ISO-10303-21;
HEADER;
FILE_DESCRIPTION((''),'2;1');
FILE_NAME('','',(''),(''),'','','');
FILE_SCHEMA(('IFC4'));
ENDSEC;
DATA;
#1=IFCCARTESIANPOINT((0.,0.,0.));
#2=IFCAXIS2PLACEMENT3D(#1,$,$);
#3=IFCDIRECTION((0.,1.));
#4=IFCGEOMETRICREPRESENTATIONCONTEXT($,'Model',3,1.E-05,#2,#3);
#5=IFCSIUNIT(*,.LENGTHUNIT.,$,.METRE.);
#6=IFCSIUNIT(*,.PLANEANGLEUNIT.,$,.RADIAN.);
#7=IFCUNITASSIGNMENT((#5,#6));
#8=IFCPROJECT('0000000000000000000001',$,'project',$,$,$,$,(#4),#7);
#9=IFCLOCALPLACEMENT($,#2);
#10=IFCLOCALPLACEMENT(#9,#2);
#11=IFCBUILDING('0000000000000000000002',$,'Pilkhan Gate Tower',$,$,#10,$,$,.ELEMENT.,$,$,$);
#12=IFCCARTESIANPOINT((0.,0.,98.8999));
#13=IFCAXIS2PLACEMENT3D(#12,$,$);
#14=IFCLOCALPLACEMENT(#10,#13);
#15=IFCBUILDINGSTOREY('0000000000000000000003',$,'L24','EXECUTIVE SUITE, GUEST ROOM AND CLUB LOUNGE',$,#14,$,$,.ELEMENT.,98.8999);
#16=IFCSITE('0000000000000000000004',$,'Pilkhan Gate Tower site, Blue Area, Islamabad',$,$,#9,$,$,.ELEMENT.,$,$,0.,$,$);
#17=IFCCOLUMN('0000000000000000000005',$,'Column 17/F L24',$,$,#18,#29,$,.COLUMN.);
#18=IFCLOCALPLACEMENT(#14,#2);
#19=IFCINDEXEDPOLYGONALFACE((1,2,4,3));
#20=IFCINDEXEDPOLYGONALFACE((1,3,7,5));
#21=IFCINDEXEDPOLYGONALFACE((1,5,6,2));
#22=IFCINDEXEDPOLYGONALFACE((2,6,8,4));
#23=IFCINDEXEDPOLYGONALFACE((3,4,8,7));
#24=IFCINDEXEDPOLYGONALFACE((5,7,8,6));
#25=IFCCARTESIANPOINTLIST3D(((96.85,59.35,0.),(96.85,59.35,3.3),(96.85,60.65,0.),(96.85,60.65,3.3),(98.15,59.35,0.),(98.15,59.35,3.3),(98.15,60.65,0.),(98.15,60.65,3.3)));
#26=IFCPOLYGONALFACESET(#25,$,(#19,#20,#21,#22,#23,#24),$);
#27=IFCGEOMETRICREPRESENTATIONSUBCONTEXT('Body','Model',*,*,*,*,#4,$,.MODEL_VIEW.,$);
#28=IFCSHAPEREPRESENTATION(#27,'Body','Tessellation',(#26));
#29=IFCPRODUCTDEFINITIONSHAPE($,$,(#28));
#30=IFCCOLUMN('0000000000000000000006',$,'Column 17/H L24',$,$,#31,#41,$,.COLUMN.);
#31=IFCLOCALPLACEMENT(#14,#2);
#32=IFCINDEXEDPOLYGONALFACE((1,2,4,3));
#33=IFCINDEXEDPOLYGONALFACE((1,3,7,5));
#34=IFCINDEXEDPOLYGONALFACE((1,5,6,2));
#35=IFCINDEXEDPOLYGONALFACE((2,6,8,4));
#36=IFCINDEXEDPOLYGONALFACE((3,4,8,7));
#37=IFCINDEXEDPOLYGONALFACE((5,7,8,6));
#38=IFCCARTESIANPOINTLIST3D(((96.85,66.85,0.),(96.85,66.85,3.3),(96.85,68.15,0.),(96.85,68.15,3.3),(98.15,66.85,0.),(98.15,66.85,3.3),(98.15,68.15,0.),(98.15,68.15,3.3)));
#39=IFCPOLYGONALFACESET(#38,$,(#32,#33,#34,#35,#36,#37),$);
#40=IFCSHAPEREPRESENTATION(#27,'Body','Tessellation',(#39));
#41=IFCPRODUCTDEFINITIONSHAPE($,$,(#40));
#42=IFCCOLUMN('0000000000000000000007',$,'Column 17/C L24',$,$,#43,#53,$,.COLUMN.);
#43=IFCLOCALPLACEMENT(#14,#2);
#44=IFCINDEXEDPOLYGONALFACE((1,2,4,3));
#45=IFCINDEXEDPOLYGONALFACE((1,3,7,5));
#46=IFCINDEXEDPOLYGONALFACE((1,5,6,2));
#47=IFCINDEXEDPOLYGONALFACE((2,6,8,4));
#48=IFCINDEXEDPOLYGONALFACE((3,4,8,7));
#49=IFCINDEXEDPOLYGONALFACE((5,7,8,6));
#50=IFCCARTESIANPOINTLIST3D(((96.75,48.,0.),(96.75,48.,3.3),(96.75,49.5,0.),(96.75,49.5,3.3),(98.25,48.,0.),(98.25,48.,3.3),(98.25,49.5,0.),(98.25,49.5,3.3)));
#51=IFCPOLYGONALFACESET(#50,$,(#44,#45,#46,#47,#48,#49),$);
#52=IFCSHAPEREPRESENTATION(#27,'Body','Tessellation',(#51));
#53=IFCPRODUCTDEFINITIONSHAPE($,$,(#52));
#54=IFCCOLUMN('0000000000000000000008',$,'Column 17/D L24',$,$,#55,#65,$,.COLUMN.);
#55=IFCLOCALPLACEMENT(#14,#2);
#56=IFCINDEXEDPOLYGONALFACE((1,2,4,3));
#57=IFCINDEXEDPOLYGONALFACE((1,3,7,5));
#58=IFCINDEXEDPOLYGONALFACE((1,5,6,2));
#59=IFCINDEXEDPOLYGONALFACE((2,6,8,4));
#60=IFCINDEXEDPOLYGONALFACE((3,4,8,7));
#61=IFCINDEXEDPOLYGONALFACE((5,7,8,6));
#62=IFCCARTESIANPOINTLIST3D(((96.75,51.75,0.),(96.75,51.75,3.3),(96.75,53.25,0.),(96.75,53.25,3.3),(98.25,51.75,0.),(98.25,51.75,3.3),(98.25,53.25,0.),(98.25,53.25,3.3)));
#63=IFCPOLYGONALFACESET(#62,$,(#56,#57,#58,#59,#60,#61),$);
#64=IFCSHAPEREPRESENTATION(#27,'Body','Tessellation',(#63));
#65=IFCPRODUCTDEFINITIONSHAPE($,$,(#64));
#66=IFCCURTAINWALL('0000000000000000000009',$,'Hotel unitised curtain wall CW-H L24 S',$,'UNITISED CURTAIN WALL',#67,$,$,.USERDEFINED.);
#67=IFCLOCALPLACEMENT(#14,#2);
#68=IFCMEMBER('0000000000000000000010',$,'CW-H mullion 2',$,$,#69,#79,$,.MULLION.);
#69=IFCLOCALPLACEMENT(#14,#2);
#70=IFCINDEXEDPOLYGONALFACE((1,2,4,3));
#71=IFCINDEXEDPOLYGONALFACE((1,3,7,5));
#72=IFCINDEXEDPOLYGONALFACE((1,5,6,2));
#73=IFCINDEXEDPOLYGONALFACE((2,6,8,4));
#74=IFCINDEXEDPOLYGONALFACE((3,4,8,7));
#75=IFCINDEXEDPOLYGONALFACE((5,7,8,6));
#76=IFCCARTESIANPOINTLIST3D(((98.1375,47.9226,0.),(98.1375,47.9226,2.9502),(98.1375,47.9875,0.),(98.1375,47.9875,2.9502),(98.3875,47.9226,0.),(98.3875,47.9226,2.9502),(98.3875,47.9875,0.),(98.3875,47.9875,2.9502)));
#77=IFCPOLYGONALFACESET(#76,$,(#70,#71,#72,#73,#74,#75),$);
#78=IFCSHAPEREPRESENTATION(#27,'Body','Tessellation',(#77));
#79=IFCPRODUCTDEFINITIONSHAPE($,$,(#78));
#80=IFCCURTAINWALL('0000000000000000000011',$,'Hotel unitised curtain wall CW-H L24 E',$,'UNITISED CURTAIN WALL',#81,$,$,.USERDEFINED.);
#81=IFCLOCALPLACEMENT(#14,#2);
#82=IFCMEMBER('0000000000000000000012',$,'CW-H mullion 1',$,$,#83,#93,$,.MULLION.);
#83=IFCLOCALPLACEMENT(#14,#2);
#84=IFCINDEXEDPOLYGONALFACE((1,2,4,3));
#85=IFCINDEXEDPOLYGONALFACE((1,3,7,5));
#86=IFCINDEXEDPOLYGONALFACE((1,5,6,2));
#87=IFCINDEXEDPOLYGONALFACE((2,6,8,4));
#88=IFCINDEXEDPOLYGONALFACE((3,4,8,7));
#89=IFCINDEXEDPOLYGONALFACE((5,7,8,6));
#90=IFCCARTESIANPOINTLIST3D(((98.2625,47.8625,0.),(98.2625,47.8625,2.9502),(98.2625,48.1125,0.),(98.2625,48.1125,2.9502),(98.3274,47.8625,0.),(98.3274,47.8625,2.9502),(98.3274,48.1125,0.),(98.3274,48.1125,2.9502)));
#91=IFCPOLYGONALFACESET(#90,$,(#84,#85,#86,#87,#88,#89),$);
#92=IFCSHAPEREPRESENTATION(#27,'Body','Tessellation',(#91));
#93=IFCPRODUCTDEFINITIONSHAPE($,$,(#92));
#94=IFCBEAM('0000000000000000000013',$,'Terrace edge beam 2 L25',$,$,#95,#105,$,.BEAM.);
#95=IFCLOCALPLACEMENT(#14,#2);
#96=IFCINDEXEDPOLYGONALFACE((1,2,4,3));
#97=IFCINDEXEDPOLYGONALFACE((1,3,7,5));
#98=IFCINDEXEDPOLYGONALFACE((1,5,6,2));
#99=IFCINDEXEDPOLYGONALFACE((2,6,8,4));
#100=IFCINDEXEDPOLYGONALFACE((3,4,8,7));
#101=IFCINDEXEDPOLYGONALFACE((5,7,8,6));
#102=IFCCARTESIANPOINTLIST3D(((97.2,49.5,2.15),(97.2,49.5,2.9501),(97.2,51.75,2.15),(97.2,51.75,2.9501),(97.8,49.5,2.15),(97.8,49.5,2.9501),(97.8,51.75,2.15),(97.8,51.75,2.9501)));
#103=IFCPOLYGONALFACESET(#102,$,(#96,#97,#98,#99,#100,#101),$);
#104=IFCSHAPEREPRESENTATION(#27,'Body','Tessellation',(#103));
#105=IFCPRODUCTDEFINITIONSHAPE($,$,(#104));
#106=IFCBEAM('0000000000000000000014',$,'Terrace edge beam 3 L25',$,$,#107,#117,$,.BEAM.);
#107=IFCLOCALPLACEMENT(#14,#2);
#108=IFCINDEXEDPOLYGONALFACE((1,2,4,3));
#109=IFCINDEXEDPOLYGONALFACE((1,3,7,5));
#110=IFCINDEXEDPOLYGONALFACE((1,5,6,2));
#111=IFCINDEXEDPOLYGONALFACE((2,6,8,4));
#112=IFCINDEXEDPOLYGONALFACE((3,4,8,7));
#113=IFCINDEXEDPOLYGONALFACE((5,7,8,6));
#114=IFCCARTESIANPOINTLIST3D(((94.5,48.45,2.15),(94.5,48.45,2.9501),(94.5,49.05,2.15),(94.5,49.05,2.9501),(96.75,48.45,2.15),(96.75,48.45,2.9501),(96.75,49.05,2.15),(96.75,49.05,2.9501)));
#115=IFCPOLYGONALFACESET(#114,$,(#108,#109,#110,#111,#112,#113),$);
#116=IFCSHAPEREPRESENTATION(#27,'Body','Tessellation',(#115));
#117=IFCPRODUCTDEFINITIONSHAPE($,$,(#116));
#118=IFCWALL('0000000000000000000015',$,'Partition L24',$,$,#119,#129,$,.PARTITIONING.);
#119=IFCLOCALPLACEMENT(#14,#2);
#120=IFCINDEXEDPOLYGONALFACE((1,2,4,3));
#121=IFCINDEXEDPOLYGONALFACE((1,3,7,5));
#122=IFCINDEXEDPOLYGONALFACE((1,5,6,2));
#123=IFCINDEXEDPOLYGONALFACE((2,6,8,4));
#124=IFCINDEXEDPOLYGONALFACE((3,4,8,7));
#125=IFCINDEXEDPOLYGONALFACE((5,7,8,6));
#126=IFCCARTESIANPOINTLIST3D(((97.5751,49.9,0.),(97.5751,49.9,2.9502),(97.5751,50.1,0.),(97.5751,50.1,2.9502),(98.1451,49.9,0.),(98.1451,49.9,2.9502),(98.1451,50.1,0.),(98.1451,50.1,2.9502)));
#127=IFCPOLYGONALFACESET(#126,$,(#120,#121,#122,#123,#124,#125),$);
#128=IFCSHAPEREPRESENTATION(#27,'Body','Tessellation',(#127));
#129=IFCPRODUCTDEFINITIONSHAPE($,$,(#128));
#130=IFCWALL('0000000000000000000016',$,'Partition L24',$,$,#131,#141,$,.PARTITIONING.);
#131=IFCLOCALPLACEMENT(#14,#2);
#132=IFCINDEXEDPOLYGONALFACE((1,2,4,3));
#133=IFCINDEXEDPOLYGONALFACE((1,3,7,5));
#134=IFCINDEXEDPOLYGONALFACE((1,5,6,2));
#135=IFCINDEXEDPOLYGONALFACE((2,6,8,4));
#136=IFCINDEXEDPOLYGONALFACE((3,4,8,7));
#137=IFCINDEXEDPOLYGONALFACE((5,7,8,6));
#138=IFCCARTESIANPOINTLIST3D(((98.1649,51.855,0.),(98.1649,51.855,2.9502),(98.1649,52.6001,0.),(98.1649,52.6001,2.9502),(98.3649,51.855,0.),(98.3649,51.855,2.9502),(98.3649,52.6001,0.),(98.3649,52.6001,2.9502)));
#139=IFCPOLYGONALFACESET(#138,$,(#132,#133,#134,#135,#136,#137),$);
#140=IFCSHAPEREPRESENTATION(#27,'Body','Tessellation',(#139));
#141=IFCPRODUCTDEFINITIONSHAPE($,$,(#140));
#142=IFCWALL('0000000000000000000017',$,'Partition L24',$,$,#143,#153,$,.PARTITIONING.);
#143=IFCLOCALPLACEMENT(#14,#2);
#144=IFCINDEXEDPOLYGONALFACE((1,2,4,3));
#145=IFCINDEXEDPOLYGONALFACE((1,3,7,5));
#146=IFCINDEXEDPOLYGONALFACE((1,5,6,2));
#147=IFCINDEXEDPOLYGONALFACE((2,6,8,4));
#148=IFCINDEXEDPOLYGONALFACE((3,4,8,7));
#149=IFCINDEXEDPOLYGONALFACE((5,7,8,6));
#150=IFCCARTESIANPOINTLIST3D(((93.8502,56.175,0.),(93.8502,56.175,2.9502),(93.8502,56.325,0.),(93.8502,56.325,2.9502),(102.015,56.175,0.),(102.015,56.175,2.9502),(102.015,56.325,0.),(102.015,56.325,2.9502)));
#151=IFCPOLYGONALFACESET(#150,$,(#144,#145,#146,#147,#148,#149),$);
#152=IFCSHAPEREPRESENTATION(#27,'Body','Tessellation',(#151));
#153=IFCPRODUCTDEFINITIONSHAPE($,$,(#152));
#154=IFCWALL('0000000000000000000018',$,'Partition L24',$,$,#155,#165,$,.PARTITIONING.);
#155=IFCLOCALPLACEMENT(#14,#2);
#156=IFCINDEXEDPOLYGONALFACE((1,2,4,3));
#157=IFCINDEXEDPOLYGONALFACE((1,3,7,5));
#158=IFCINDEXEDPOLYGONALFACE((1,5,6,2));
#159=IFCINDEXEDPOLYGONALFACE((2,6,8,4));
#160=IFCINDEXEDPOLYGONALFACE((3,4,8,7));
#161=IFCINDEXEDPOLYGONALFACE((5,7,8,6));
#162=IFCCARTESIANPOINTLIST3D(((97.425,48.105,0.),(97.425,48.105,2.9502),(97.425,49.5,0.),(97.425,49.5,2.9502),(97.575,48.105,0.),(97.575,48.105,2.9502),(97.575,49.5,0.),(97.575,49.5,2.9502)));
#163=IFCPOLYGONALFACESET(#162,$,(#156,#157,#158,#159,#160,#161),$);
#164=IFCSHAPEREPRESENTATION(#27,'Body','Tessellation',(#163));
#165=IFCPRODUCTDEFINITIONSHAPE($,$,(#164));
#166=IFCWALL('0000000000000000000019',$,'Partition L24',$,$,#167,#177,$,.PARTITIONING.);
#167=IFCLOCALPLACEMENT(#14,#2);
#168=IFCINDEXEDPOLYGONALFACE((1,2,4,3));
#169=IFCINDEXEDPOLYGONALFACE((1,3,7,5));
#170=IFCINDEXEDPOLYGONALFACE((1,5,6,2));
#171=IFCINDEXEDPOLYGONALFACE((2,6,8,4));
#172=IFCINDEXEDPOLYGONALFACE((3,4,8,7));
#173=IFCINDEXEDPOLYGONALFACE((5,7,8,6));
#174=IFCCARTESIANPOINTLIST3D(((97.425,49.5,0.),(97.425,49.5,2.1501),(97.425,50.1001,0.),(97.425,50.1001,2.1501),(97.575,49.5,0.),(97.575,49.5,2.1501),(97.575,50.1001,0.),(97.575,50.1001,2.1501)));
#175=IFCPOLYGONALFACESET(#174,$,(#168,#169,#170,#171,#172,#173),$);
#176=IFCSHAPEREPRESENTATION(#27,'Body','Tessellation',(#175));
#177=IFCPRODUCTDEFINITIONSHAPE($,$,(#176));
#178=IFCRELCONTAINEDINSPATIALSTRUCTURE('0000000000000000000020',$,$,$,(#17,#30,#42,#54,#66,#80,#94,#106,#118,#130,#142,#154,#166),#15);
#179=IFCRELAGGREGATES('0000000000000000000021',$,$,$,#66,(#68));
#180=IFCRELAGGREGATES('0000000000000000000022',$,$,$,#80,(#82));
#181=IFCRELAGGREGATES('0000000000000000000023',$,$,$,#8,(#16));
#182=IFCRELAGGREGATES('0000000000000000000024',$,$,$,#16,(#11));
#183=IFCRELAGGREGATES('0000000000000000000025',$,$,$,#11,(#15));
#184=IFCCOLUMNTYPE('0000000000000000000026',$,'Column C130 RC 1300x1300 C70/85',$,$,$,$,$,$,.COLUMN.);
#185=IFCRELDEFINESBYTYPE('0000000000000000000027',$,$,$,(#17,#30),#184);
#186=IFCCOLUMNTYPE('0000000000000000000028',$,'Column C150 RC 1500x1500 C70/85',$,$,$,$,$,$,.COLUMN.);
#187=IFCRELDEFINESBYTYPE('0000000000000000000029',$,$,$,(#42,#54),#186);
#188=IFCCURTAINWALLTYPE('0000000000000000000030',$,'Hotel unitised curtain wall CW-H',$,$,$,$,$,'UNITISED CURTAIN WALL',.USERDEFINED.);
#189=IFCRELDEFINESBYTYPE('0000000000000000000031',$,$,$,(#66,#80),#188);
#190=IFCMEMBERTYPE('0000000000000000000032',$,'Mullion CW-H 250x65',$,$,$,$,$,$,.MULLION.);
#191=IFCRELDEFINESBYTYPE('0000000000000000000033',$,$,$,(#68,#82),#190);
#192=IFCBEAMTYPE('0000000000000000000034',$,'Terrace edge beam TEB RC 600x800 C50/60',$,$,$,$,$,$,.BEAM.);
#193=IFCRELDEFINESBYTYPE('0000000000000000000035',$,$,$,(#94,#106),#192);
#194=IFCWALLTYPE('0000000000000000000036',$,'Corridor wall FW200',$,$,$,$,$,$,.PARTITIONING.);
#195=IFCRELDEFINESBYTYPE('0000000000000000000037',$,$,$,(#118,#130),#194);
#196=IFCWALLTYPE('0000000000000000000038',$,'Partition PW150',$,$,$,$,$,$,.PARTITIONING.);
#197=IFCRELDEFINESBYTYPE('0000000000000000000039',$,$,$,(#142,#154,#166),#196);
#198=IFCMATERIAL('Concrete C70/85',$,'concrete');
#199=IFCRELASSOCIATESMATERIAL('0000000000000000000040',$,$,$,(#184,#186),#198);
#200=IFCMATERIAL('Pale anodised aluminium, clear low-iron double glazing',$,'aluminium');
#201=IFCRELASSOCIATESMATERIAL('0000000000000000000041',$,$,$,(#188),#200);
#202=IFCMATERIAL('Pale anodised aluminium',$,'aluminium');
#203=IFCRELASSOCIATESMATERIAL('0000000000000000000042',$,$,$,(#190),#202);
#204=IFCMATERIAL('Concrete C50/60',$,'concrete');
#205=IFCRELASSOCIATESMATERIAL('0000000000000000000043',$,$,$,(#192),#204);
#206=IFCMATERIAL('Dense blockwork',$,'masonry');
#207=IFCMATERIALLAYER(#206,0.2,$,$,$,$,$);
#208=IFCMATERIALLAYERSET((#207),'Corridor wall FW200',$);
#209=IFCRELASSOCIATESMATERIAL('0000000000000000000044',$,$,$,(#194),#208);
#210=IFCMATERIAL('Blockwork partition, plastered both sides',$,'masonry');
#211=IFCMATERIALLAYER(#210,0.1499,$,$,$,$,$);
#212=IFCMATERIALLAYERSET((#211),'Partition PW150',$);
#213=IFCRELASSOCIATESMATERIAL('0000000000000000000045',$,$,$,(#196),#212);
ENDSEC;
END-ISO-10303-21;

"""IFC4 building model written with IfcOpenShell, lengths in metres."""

from ifc_helpers import new_model, si_unit, direction, frame, frame_2d, origin, origin_2d, place, context, subcontext, project, spatial, rectangle, extrude, material, layer, layer_set, material_profile, profile_set, type_object, element, aggregate, save


model = new_model("IFC4")

# Units and contexts
model_context = context("Model", 3, precision=1e-05, world=origin(), true_north=direction((0.0, 1.0)))
body_context = subcontext(model_context, "Body", "Model", "MODEL_VIEW")
ifc_project = project(units=[si_unit("LENGTHUNIT", "METRE"), si_unit("PLANEANGLEUNIT", "RADIAN")], contexts=[model_context])

# Site, building, storey
site_placement = place(None, origin())
site = spatial("IfcSite", under=ifc_project, at=site_placement, Name="Pilkhan Gate Tower site, Blue Area, Islamabad", CompositionType="ELEMENT", RefElevation=0.0)
building_placement = place(site_placement, origin())
building = spatial("IfcBuilding", under=site, at=building_placement, Name="Pilkhan Gate Tower", CompositionType="ELEMENT")
storey_placement = place(building_placement, frame((0.0, 0.0, 98.8999)))
storey = spatial("IfcBuildingStorey", under=building, at=storey_placement, Name="L24", Description="EXECUTIVE SUITE, GUEST ROOM AND CLUB LOUNGE", CompositionType="ELEMENT", Elevation=98.8999)

# Columns
ifc_material_1 = material(Name="Concrete C70/85", Category="concrete")
ifc_material_profile_1 = material_profile(ifc_material_1, rectangle(XDim=1.3, YDim=1.3, at=origin_2d()), Name="RC 1300x1300")
ifc_profile_set_1 = profile_set([ifc_material_profile_1], Name="Concrete C70/85")
column_type_1 = type_object("IfcColumnType", Name="Column C130 RC 1300x1300 C70/85", PredefinedType="COLUMN", material=ifc_profile_set_1)
for number, where, z_axis, x_axis, name in (
    (1, (97.5, 60.0, 0.0), (0.0, 0.0, 1.0), (1.0, 0.0, 0.0), "Column 17/F L24"),
    (2, (97.5, 67.5, 0.0), (0.0, 0.0, 1.0), (1.0, 0.0, 0.0), "Column 17/H L24"),
):
    element("IfcColumn", number, at=place(storey_placement, frame(where, z_axis=z_axis, x_axis=x_axis)), inside=storey, type_object=column_type_1, Name=name, PredefinedType="COLUMN", context=body_context, shape_type="SweptSolid", body=[
        extrude(rectangle(XDim=1.3, YDim=1.3, at=origin_2d()), origin(), (0.0, 0.0, 1.0), 3.3),
    ])
ifc_material_profile_2 = material_profile(ifc_material_1, rectangle(XDim=1.5, YDim=1.5, at=origin_2d()), Name="RC 1500x1500")
ifc_profile_set_2 = profile_set([ifc_material_profile_2], Name="Concrete C70/85")
column_type_2 = type_object("IfcColumnType", Name="Column C150 RC 1500x1500 C70/85", PredefinedType="COLUMN", material=ifc_profile_set_2)
for number, where, z_axis, x_axis, name in (
    (3, (97.5, 48.75, 0.0), (0.0, 0.0, 1.0), (1.0, 0.0, 0.0), "Column 17/C L24"),
    (4, (97.5, 52.5, 0.0), (0.0, 0.0, 1.0), (1.0, 0.0, 0.0), "Column 17/D L24"),
):
    element("IfcColumn", number, at=place(storey_placement, frame(where, z_axis=z_axis, x_axis=x_axis)), inside=storey, type_object=column_type_2, Name=name, PredefinedType="COLUMN", context=body_context, shape_type="SweptSolid", body=[
        extrude(rectangle(XDim=1.5, YDim=1.5, at=origin_2d()), origin(), (0.0, 0.0, 1.0), 3.3),
    ])

# Curtain walls, members
ifc_material_2 = material(Name="Pale anodised aluminium, clear low-iron double glazing", Category="aluminium")
curtain_wall_type = type_object("IfcCurtainWallType", Name="Hotel unitised curtain wall CW-H", ElementType="UNITISED CURTAIN WALL", PredefinedType="USERDEFINED", material=ifc_material_2)
curtain_wall_1_placement = place(storey_placement, origin())
curtain_wall_1 = element("IfcCurtainWall", 5, at=curtain_wall_1_placement, inside=storey, type_object=curtain_wall_type, Name="Hotel unitised curtain wall CW-H L24 S", ObjectType="UNITISED CURTAIN WALL", PredefinedType="USERDEFINED")
ifc_material_3 = material(Name="Pale anodised aluminium", Category="aluminium")
ifc_material_profile_3 = material_profile(ifc_material_3, rectangle(XDim=0.0649, YDim=0.25, at=origin_2d()), Name="Mullion 250x65")
ifc_profile_set_3 = profile_set([ifc_material_profile_3], Name="Pale anodised aluminium")
member_type = type_object("IfcMemberType", Name="Mullion CW-H 250x65", PredefinedType="MULLION", material=ifc_profile_set_3)
member_1_placement = place(storey_placement, frame((98.2625, 47.9551, 0.0), z_axis=(0.0, 0.0, 1.0), x_axis=(0.0, 1.0, 0.0)))
member_1 = element("IfcMember", 6, at=member_1_placement, type_object=member_type, Name="CW-H mullion 2", PredefinedType="MULLION", context=body_context, shape_type="SweptSolid", body=[
    extrude(rectangle(XDim=0.0649, YDim=0.25, at=origin_2d()), origin(), (0.0, 0.0, 1.0), 2.9502),
])
aggregate(curtain_wall_1, [member_1])
curtain_wall_2_placement = place(storey_placement, origin())
curtain_wall_2 = element("IfcCurtainWall", 7, at=curtain_wall_2_placement, inside=storey, type_object=curtain_wall_type, Name="Hotel unitised curtain wall CW-H L24 E", ObjectType="UNITISED CURTAIN WALL", PredefinedType="USERDEFINED")
member_2_placement = place(storey_placement, frame((98.2949, 47.9875, 0.0), z_axis=(0.0, 0.0, 1.0), x_axis=(-1.0, 0.0, 0.0)))
member_2 = element("IfcMember", 8, at=member_2_placement, type_object=member_type, Name="CW-H mullion 1", PredefinedType="MULLION", context=body_context, shape_type="SweptSolid", body=[
    extrude(rectangle(XDim=0.0649, YDim=0.25, at=origin_2d()), origin(), (0.0, 0.0, 1.0), 2.9502),
])
aggregate(curtain_wall_2, [member_2])

# Beams
ifc_material_4 = material(Name="Concrete C50/60", Category="concrete")
ifc_material_profile_4 = material_profile(ifc_material_4, rectangle(XDim=0.6001, YDim=0.8, at=origin_2d()), Name="RC 600x800")
ifc_profile_set_4 = profile_set([ifc_material_profile_4], Name="Concrete C50/60")
beam_type = type_object("IfcBeamType", Name="Terrace edge beam TEB RC 600x800 C50/60", PredefinedType="BEAM", material=ifc_profile_set_4)
for number, where, z_axis, x_axis, name in (
    (9, (97.5, 51.75, 2.55), (0.0, -1.0, 0.0), (1.0, 0.0, 0.0), "Terrace edge beam 2 L25"),
    (10, (96.75, 48.75, 2.55), (-1.0, 0.0, 0.0), (0.0, -1.0, 0.0), "Terrace edge beam 3 L25"),
):
    element("IfcBeam", number, at=place(storey_placement, frame(where, z_axis=z_axis, x_axis=x_axis)), inside=storey, type_object=beam_type, Name=name, PredefinedType="BEAM", context=body_context, shape_type="SweptSolid", body=[
        extrude(rectangle(XDim=0.6001, YDim=0.8, at=origin_2d()), origin(), (0.0, 0.0, 1.0), 2.25),
    ])

# Walls
ifc_material_5 = material(Name="Dense blockwork", Category="masonry")
ifc_layer_1 = layer(ifc_material_5, 0.2)
ifc_layer_set_1 = layer_set([ifc_layer_1], Name="Corridor wall FW200")
wall_type_1 = type_object("IfcWallType", Name="Corridor wall FW200", PredefinedType="PARTITIONING", material=ifc_layer_set_1)
wall_1_placement = place(storey_placement, frame((97.575, 50.0, 0.0), z_axis=(0.0, 0.0, 1.0), x_axis=(1.0, 0.0, 0.0)))
element("IfcWall", 11, at=wall_1_placement, inside=storey, type_object=wall_type_1, Name="Partition L24", PredefinedType="PARTITIONING", context=body_context, shape_type="SweptSolid", body=[
    extrude(rectangle(XDim=0.5701, YDim=0.2, at=frame_2d((0.2852, 0.0))), origin(), (0.0, 0.0, 1.0), 2.9502),
])
wall_2_placement = place(storey_placement, frame((98.2649, 51.855, 0.0), z_axis=(0.0, 0.0, 1.0), x_axis=(0.0, 1.0, 0.0)))
element("IfcWall", 12, at=wall_2_placement, inside=storey, type_object=wall_type_1, Name="Partition L24", PredefinedType="PARTITIONING", context=body_context, shape_type="SweptSolid", body=[
    extrude(rectangle(XDim=0.7451, YDim=0.2, at=frame_2d((0.3726, 0.0))), origin(), (0.0, 0.0, 1.0), 2.9502),
])
ifc_material_6 = material(Name="Blockwork partition, plastered both sides", Category="masonry")
ifc_layer_2 = layer(ifc_material_6, 0.1499)
ifc_layer_set_2 = layer_set([ifc_layer_2], Name="Partition PW150")
wall_type_2 = type_object("IfcWallType", Name="Partition PW150", PredefinedType="PARTITIONING", material=ifc_layer_set_2)
wall_3_placement = place(storey_placement, frame((93.8501, 56.25, 0.0), z_axis=(0.0, 0.0, 1.0), x_axis=(1.0, 0.0, 0.0)))
element("IfcWall", 13, at=wall_3_placement, inside=storey, type_object=wall_type_2, Name="Partition L24", PredefinedType="PARTITIONING", context=body_context, shape_type="SweptSolid", body=[
    extrude(rectangle(XDim=8.1648, YDim=0.1499, at=frame_2d((4.0825, 0.0))), origin(), (0.0, 0.0, 1.0), 2.9502),
])
wall_4_placement = place(storey_placement, frame((97.5, 48.105, 0.0), z_axis=(0.0, 0.0, 1.0), x_axis=(0.0, 1.0, 0.0)))
element("IfcWall", 14, at=wall_4_placement, inside=storey, type_object=wall_type_2, Name="Partition L24", PredefinedType="PARTITIONING", context=body_context, shape_type="SweptSolid", body=[
    extrude(rectangle(XDim=1.395, YDim=0.1499, at=frame_2d((0.6975, 0.0))), origin(), (0.0, 0.0, 1.0), 2.9502),
])
wall_5_placement = place(storey_placement, frame((97.5, 49.5, 0.0), z_axis=(0.0, 0.0, 1.0), x_axis=(0.0, 1.0, 0.0)))
element("IfcWall", 15, at=wall_5_placement, inside=storey, type_object=wall_type_2, Name="Partition L24", PredefinedType="PARTITIONING", context=body_context, shape_type="SweptSolid", body=[
    extrude(rectangle(XDim=0.6001, YDim=0.1499, at=frame_2d((0.3, 0.0))), origin(), (0.0, 0.0, 1.0), 2.1501),
])

save(model, "model.ifc")
